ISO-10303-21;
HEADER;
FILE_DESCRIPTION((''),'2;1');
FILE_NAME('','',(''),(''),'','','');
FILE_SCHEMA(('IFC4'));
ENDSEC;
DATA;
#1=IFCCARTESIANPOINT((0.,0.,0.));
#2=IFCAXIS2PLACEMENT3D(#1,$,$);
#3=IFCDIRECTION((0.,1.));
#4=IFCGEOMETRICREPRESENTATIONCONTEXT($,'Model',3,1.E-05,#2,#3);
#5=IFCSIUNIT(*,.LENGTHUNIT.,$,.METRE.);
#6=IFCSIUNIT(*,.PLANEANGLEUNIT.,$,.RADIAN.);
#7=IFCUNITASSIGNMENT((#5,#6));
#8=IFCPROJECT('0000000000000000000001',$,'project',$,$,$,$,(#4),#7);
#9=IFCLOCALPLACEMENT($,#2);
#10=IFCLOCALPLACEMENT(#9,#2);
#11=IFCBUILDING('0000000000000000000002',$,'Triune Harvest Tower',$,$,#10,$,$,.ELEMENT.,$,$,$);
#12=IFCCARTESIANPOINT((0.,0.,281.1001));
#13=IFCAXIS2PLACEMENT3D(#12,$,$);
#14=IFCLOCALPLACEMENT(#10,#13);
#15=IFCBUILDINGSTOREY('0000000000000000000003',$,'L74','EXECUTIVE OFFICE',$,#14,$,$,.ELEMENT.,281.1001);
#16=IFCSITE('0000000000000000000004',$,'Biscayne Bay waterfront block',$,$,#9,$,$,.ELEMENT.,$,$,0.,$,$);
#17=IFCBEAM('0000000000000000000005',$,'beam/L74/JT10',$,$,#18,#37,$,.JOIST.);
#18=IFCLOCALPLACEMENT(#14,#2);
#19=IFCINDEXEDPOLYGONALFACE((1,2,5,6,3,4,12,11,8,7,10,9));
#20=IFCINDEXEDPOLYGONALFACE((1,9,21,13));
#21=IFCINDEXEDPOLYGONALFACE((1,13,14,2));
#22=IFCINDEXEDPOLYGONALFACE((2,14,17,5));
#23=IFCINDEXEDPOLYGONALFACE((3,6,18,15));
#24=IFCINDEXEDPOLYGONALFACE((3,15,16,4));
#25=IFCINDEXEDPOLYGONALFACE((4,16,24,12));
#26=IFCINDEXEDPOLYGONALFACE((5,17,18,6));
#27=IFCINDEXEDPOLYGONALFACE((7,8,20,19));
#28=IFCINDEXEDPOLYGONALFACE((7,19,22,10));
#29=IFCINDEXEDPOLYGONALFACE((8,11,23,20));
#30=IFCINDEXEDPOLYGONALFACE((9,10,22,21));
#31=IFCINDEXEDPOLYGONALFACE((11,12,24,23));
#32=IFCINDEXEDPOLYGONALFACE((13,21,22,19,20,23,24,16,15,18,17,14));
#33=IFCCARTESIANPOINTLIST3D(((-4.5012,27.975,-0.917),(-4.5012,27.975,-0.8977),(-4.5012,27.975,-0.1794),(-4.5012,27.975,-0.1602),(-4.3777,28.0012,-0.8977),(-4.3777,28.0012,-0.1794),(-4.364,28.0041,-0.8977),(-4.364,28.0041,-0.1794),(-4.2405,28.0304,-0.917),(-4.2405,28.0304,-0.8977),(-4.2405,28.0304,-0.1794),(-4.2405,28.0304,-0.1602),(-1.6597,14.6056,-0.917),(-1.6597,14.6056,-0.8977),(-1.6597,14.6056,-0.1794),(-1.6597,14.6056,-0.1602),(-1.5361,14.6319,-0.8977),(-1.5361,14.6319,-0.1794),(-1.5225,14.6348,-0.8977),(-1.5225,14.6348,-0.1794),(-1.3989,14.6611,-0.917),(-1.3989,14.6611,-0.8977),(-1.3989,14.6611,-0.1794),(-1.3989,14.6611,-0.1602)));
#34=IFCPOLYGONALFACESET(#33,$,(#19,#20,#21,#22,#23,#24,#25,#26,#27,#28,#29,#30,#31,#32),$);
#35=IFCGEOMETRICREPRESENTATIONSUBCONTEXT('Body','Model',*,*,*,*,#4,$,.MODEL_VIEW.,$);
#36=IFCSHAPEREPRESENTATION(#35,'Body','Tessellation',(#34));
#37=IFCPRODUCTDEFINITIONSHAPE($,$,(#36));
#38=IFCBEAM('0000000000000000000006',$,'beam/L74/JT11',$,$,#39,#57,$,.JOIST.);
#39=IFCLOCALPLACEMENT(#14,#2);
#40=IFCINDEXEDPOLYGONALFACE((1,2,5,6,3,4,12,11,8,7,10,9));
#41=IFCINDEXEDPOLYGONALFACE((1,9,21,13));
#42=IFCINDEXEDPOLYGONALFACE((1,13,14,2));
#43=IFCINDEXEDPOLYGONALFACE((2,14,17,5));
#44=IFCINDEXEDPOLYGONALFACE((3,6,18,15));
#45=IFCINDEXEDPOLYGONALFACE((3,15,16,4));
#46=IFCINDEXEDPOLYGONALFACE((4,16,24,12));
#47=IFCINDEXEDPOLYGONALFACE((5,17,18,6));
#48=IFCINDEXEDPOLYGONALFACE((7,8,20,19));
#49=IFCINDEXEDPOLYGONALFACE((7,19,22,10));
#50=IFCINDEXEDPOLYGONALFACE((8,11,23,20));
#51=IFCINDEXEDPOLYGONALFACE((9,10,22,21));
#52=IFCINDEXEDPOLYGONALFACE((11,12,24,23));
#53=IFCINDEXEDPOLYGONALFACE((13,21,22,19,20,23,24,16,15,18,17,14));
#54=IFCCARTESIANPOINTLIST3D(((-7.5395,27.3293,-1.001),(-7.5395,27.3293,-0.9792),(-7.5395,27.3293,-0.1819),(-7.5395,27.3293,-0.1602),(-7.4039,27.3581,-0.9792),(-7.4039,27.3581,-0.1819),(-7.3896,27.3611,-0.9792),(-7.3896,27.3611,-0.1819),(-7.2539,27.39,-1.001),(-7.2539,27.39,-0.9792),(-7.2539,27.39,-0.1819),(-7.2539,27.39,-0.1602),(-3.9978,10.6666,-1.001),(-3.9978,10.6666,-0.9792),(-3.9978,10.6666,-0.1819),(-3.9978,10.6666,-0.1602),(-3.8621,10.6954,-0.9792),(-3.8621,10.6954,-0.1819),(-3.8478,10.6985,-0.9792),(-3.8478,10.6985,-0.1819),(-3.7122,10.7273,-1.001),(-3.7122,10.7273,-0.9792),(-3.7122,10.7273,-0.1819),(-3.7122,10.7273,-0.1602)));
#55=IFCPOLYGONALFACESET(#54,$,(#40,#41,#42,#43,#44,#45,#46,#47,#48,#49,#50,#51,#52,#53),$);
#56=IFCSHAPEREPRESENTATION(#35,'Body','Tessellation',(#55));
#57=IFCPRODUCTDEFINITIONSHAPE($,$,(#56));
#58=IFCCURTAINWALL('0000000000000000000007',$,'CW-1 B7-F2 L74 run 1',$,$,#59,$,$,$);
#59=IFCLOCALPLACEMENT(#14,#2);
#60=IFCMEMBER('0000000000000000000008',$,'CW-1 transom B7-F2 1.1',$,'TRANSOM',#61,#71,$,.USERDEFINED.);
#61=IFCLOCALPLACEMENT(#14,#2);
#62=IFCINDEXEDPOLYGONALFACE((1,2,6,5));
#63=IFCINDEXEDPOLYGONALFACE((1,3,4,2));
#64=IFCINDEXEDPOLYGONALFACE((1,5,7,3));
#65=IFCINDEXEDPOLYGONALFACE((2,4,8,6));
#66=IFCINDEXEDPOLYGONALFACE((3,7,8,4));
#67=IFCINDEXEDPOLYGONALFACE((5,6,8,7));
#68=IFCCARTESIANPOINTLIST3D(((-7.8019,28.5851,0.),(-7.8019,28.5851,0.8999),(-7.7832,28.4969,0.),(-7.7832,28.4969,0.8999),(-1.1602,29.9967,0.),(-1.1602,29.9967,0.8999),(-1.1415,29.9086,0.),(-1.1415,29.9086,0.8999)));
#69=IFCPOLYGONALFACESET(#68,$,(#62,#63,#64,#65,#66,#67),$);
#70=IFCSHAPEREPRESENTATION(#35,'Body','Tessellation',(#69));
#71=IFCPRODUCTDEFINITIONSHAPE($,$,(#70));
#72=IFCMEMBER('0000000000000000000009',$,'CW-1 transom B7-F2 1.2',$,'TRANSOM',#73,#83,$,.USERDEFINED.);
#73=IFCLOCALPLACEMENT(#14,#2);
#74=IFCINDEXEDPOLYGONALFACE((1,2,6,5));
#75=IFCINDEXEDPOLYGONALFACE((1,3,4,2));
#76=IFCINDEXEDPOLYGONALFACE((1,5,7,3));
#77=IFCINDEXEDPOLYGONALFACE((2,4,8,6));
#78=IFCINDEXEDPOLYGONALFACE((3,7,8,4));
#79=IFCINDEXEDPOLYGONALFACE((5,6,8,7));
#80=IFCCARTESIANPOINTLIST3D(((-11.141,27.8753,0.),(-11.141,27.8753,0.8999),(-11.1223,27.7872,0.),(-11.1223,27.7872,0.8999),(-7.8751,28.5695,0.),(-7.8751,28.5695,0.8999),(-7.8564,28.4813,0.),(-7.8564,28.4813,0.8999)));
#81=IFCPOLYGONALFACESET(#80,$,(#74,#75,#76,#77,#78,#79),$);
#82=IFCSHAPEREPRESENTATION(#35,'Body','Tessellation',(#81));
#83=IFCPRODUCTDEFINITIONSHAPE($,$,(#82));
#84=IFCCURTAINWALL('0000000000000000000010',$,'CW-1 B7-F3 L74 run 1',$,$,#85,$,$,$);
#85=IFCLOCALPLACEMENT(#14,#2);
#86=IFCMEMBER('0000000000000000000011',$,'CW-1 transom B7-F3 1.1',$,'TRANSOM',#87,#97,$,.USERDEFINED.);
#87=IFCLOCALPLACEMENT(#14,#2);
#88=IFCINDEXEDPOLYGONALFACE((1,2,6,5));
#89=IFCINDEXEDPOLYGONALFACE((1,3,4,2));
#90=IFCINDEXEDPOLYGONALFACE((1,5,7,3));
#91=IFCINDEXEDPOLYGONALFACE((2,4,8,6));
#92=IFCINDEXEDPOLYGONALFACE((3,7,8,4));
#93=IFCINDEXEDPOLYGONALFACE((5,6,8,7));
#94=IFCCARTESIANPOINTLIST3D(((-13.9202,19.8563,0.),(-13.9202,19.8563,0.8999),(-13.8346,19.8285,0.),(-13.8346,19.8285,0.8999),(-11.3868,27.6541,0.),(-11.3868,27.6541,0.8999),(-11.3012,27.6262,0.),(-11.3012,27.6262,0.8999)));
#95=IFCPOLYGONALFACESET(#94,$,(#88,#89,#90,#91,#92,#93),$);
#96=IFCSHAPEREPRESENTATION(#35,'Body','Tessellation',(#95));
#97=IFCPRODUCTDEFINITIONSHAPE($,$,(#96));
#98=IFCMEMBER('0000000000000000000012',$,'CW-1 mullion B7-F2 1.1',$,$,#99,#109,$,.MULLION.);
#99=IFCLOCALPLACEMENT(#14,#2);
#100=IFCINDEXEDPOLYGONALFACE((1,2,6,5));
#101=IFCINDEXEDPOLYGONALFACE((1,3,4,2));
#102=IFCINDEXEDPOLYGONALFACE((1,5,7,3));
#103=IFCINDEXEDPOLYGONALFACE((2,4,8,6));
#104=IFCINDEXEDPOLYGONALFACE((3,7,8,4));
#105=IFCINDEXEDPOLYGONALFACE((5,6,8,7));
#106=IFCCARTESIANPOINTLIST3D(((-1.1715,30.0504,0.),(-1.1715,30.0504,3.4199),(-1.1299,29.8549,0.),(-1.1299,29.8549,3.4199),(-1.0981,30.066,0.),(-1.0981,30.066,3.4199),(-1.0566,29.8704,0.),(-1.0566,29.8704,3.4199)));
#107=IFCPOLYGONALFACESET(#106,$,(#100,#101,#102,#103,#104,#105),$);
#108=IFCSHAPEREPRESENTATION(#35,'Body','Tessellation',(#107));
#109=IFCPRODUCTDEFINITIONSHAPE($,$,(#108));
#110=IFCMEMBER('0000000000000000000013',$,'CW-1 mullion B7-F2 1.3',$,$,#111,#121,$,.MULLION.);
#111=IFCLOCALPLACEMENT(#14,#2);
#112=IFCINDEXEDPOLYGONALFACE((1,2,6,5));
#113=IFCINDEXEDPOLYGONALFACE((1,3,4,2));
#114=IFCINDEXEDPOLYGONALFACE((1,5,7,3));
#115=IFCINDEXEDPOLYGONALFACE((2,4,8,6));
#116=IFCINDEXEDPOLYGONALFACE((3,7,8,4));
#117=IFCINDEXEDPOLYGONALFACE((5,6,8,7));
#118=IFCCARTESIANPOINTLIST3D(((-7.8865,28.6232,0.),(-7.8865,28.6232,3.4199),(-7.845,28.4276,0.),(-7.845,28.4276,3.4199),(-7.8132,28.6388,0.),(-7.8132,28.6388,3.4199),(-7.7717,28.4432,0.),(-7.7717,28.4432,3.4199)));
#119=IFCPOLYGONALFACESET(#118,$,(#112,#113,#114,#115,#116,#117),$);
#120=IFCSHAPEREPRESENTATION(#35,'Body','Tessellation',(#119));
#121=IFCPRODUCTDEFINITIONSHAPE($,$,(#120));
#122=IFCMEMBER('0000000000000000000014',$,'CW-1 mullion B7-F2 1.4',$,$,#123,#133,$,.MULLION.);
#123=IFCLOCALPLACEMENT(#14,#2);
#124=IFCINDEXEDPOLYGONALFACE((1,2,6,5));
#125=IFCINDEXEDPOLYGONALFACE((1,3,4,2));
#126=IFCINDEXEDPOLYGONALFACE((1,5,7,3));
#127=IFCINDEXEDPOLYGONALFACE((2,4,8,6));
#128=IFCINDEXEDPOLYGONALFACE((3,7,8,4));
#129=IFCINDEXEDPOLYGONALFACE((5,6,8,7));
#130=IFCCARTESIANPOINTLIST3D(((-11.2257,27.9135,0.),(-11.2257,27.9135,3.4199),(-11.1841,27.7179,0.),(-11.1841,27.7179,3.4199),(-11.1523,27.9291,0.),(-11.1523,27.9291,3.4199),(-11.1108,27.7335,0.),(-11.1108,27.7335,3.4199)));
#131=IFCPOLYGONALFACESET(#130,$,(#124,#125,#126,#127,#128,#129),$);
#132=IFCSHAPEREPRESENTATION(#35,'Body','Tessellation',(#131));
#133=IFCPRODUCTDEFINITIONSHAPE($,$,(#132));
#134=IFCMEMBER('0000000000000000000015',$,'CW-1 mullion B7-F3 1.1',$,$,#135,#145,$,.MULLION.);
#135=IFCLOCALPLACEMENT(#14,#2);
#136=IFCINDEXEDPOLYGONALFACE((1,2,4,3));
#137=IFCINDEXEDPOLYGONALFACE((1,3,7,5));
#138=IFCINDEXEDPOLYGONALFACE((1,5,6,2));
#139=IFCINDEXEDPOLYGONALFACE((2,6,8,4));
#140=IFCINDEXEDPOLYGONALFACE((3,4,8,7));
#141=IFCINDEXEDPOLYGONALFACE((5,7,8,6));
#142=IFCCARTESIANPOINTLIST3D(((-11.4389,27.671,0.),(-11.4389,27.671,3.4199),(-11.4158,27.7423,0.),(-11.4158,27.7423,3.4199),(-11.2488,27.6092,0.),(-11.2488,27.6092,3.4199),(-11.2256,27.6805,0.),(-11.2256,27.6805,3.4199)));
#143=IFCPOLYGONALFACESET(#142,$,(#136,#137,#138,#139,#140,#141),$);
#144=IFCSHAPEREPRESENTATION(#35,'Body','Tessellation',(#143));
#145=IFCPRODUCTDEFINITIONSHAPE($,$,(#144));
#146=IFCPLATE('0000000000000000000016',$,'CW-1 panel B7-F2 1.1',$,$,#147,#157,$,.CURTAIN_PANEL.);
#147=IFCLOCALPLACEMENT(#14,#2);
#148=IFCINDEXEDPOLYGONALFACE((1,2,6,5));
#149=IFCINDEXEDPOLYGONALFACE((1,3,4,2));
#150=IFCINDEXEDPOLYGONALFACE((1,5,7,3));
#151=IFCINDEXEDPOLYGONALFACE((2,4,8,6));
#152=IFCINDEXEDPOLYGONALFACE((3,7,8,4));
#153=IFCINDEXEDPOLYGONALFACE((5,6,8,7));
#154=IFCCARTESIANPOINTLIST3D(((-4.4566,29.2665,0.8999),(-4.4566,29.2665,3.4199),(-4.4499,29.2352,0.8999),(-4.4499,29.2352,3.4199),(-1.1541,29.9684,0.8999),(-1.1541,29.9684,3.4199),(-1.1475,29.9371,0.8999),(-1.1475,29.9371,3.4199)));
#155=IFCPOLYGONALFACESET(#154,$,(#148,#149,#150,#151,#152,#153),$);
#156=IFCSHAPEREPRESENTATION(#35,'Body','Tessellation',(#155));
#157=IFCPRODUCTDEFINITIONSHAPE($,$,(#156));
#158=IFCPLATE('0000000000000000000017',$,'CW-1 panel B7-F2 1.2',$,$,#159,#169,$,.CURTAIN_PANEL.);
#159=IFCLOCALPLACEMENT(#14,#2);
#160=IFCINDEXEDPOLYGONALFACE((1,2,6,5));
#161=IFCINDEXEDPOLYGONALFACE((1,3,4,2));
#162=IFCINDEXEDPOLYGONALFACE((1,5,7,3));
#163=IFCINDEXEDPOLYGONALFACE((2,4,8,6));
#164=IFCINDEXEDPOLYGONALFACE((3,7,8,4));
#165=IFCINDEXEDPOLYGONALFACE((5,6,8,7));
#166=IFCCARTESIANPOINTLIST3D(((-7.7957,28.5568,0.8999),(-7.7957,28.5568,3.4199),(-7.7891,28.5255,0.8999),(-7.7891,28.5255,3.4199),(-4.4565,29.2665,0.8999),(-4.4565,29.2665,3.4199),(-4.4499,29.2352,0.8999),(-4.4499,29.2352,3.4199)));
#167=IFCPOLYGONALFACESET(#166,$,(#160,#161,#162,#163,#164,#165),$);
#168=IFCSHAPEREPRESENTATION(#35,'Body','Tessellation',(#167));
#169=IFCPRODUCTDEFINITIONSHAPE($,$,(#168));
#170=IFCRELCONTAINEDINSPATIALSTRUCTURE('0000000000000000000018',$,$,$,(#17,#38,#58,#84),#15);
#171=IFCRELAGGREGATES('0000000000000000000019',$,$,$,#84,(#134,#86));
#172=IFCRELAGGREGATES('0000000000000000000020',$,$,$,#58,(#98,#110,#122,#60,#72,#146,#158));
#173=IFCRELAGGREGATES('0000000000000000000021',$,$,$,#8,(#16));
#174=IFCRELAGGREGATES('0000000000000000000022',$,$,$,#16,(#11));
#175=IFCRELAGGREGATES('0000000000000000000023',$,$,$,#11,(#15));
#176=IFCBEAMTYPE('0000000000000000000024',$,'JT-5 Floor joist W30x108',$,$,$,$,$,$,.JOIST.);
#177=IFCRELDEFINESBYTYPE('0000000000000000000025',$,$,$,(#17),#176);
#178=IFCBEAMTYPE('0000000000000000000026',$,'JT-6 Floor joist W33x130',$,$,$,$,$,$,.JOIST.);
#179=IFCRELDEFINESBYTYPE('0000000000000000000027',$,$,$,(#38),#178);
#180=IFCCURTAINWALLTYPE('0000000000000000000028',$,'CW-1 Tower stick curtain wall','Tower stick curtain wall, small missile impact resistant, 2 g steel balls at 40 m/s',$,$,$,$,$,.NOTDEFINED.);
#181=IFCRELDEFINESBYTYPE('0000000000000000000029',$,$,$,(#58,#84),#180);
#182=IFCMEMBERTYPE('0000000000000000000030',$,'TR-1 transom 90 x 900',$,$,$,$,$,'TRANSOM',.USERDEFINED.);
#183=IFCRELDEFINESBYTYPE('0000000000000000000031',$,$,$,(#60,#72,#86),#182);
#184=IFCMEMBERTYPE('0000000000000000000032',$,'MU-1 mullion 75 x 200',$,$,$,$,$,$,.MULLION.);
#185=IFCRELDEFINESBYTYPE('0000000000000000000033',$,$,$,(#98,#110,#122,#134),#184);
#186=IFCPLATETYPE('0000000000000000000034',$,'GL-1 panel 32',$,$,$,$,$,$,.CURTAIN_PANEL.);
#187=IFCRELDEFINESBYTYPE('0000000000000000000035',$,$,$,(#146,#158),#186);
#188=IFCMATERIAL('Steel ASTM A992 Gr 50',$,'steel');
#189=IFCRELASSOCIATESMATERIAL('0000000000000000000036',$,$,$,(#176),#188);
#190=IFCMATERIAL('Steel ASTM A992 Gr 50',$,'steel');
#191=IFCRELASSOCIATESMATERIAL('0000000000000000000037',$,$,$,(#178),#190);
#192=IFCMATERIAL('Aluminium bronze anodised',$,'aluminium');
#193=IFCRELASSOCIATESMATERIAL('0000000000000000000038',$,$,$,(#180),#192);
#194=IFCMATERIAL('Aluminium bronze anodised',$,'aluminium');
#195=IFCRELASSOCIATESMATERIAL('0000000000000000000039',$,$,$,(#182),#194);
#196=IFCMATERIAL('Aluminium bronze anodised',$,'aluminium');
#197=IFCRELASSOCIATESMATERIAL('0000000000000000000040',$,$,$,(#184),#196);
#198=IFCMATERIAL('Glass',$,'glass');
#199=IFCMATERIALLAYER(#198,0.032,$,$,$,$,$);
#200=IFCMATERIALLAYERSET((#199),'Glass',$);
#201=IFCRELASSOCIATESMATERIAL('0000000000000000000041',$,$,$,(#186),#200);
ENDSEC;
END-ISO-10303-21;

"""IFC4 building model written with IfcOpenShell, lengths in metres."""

from ifc_helpers import new_model, si_unit, direction, frame, origin, origin_2d, place, context, subcontext, project, spatial, rectangle, i_section, extrude, source, transform, mapped, material, layer, layer_set, material_profile, profile_set, type_object, element, aggregate, save


model = new_model("IFC4")

# Units and contexts
model_context = context("Model", 3, precision=1e-05, world=origin(), true_north=direction((0.0, 1.0)))
body_context = subcontext(model_context, "Body", "Model", "MODEL_VIEW")
ifc_project = project(units=[si_unit("LENGTHUNIT", "METRE"), si_unit("PLANEANGLEUNIT", "RADIAN")], contexts=[model_context])

# Site, building, storey
site_placement = place(None, origin())
site = spatial("IfcSite", under=ifc_project, at=site_placement, Name="Biscayne Bay waterfront block", CompositionType="ELEMENT", RefElevation=0.0)
building_placement = place(site_placement, origin())
building = spatial("IfcBuilding", under=site, at=building_placement, Name="Triune Harvest Tower", CompositionType="ELEMENT")
storey_placement = place(building_placement, frame((0.0, 0.0, 281.1001)))
storey = spatial("IfcBuildingStorey", under=building, at=storey_placement, Name="L74", Description="EXECUTIVE OFFICE", CompositionType="ELEMENT", Elevation=281.1001)

# Beams
ifc_material_1 = material(Name="Steel ASTM A992 Gr 50", Category="steel")
ifc_material_profile_1 = material_profile(ifc_material_1, i_section(OverallWidth=0.2666, OverallDepth=0.7568, WebThickness=0.0139, FlangeThickness=0.0193, at=origin_2d()), Name="W30x108")
ifc_profile_set_1 = profile_set([ifc_material_profile_1], Name="Steel ASTM A992 Gr 50")
beam_type_1 = type_object("IfcBeamType", Name="JT-5 Floor joist W30x108", PredefinedType="JOIST", material=ifc_profile_set_1)
shared_shape_1 = source(origin(), body_context, "Body", "SweptSolid", [
    extrude(i_section(OverallWidth=0.2666, OverallDepth=0.7568, WebThickness=0.0139, FlangeThickness=0.0193, at=origin_2d()), origin(), (0.0, 0.0, 1.0), 13.668),
])
beam_1_placement = place(storey_placement, frame((-4.3708, 28.0027, -0.5386), z_axis=(0.207898, -0.978151, 0.0), x_axis=(0.978151, 0.207898, 0.0)))
element("IfcBeam", 1, at=beam_1_placement, inside=storey, type_object=beam_type_1, Name="beam/L74/JT10", PredefinedType="JOIST", context=body_context, shape_type="MappedRepresentation", body=[
    mapped(shared_shape_1, transform((0.0, 0.0, 0.0), scale=1.0)),
])
ifc_material_2 = material(Name="Steel ASTM A992 Gr 50", Category="steel")
ifc_material_profile_2 = material_profile(ifc_material_2, i_section(OverallWidth=0.292, OverallDepth=0.8408, WebThickness=0.0146, FlangeThickness=0.0217, at=origin_2d()), Name="W33x130")
ifc_profile_set_2 = profile_set([ifc_material_profile_2], Name="Steel ASTM A992 Gr 50")
beam_type_2 = type_object("IfcBeamType", Name="JT-6 Floor joist W33x130", PredefinedType="JOIST", material=ifc_profile_set_2)
shared_shape_2 = source(origin(), body_context, "Body", "SweptSolid", [
    extrude(i_section(OverallWidth=0.292, OverallDepth=0.8408, WebThickness=0.0146, FlangeThickness=0.0217, at=origin_2d()), origin(), (0.0, 0.0, 1.0), 17.0349),
])
beam_2_placement = place(storey_placement, frame((-7.3967, 27.3596, -0.5806), z_axis=(0.207912, -0.978148, 0.0), x_axis=(0.978148, 0.207912, 0.0)))
element("IfcBeam", 2, at=beam_2_placement, inside=storey, type_object=beam_type_2, Name="beam/L74/JT11", PredefinedType="JOIST", context=body_context, shape_type="MappedRepresentation", body=[
    mapped(shared_shape_2, transform((0.0, 0.0, 0.0), scale=1.0)),
])

# Curtain wall, members
ifc_material_3 = material(Name="Aluminium bronze anodised", Category="aluminium")
curtain_wall_type = type_object("IfcCurtainWallType", Name="CW-1 Tower stick curtain wall", Description="Tower stick curtain wall, small missile impact resistant, 2 g steel balls at 40 m/s", PredefinedType="NOTDEFINED", material=ifc_material_3)
curtain_wall_1_placement = place(storey_placement, origin())
curtain_wall_1 = element("IfcCurtainWall", 3, at=curtain_wall_1_placement, inside=storey, type_object=curtain_wall_type, Name="CW-1 B7-F2 L74 run 1")
ifc_material_4 = material(Name="Aluminium bronze anodised", Category="aluminium")
ifc_material_profile_3 = material_profile(ifc_material_4, rectangle(XDim=0.0901, YDim=0.8999, at=origin_2d()), Name="TR-1 transom 90 x 900")
ifc_profile_set_3 = profile_set([ifc_material_profile_3], Name="Aluminium bronze anodised")
member_type_1 = type_object("IfcMemberType", Name="TR-1 transom 90 x 900", ElementType="TRANSOM", PredefinedType="USERDEFINED", material=ifc_profile_set_3)
shared_shape_3 = source(origin(), body_context, "Body", "SweptSolid", [
    extrude(rectangle(XDim=0.0901, YDim=0.8999, at=origin_2d()), origin(), (0.0, 0.0, 1.0), 6.79),
])
member_1_placement = place(storey_placement, frame((-1.1509, 29.9526, 0.45), z_axis=(-0.97815, -0.207898, 0.0), x_axis=(0.207898, -0.97815, 0.0)))
member_1 = element("IfcMember", 4, at=member_1_placement, type_object=member_type_1, Name="CW-1 transom B7-F2 1.1", ObjectType="TRANSOM", PredefinedType="USERDEFINED", context=body_context, shape_type="MappedRepresentation", body=[
    mapped(shared_shape_3, transform((0.0, 0.0, 0.0), scale=1.0)),
])
shared_shape_4 = source(origin(), body_context, "Body", "SweptSolid", [
    extrude(rectangle(XDim=0.0901, YDim=0.8999, at=origin_2d()), origin(), (0.0, 0.0, 1.0), 3.3389),
])
member_2_placement = place(storey_placement, frame((-7.8657, 28.5254, 0.45), z_axis=(-0.978153, -0.207886, 0.0), x_axis=(0.207886, -0.978153, 0.0)))
member_2 = element("IfcMember", 5, at=member_2_placement, type_object=member_type_1, Name="CW-1 transom B7-F2 1.2", ObjectType="TRANSOM", PredefinedType="USERDEFINED", context=body_context, shape_type="MappedRepresentation", body=[
    mapped(shared_shape_4, transform((0.0, 0.0, 0.0), scale=1.0)),
])

# Curtain wall, member
curtain_wall_2_placement = place(storey_placement, origin())
curtain_wall_2 = element("IfcCurtainWall", 6, at=curtain_wall_2_placement, inside=storey, type_object=curtain_wall_type, Name="CW-1 B7-F3 L74 run 1")
shared_shape_5 = source(origin(), body_context, "Body", "SweptSolid", [
    extrude(rectangle(XDim=0.0901, YDim=0.8999, at=origin_2d()), origin(), (0.0, 0.0, 1.0), 8.199),
])
member_3_placement = place(storey_placement, frame((-11.344, 27.6401, 0.45), z_axis=(-0.308992, -0.951065, 0.0), x_axis=(0.951065, -0.308992, 0.0)))
member_3 = element("IfcMember", 7, at=member_3_placement, type_object=member_type_1, Name="CW-1 transom B7-F3 1.1", ObjectType="TRANSOM", PredefinedType="USERDEFINED", context=body_context, shape_type="MappedRepresentation", body=[
    mapped(shared_shape_5, transform((0.0, 0.0, 0.0), scale=1.0)),
])

# Members
ifc_material_5 = material(Name="Aluminium bronze anodised", Category="aluminium")
ifc_material_profile_4 = material_profile(ifc_material_5, rectangle(XDim=0.2, YDim=0.075, at=origin_2d()), Name="MU-1 mullion 75 x 200")
ifc_profile_set_4 = profile_set([ifc_material_profile_4], Name="Aluminium bronze anodised")
member_type_2 = type_object("IfcMemberType", Name="MU-1 mullion 75 x 200", PredefinedType="MULLION", material=ifc_profile_set_4)
shared_shape_6 = source(origin(), body_context, "Body", "SweptSolid", [
    extrude(rectangle(XDim=0.2, YDim=0.075, at=origin_2d()), origin(), (0.0, 0.0, 1.0), 3.4199),
])
member_4_placement = place(storey_placement, frame((-1.114, 29.9604, 0.0), z_axis=(0.0, 0.0, 1.0), x_axis=(0.207905, -0.978149, 0.0)))
member_4 = element("IfcMember", 8, at=member_4_placement, type_object=member_type_2, Name="CW-1 mullion B7-F2 1.1", PredefinedType="MULLION", context=body_context, shape_type="MappedRepresentation", body=[
    mapped(shared_shape_6, transform((0.0, 0.0, 0.0), scale=1.0)),
])
member_5_placement = place(storey_placement, frame((-7.8291, 28.5332, 0.0), z_axis=(0.0, 0.0, 1.0), x_axis=(0.207905, -0.978149, 0.0)))
member_5 = element("IfcMember", 9, at=member_5_placement, type_object=member_type_2, Name="CW-1 mullion B7-F2 1.3", PredefinedType="MULLION", context=body_context, shape_type="MappedRepresentation", body=[
    mapped(shared_shape_6, transform((0.0, 0.0, 0.0), scale=1.0)),
])
member_6_placement = place(storey_placement, frame((-11.1682, 27.8235, 0.0), z_axis=(0.0, 0.0, 1.0), x_axis=(0.207905, -0.978149, 0.0)))
member_6 = element("IfcMember", 10, at=member_6_placement, type_object=member_type_2, Name="CW-1 mullion B7-F2 1.4", PredefinedType="MULLION", context=body_context, shape_type="MappedRepresentation", body=[
    mapped(shared_shape_6, transform((0.0, 0.0, 0.0), scale=1.0)),
])
member_7_placement = place(storey_placement, frame((-11.3323, 27.6758, 0.0), z_axis=(0.0, 0.0, 1.0), x_axis=(0.951058, -0.309013, 0.0)))
member_7 = element("IfcMember", 11, at=member_7_placement, type_object=member_type_2, Name="CW-1 mullion B7-F3 1.1", PredefinedType="MULLION", context=body_context, shape_type="MappedRepresentation", body=[
    mapped(shared_shape_6, transform((0.0, 0.0, 0.0), scale=1.0)),
])
aggregate(curtain_wall_2, [member_7, member_3])

# Plates
ifc_material_6 = material(Name="Glass", Category="glass")
ifc_layer = layer(ifc_material_6, 0.032)
ifc_layer_set = layer_set([ifc_layer], Name="Glass")
plate_type = type_object("IfcPlateType", Name="GL-1 panel 32", PredefinedType="CURTAIN_PANEL", material=ifc_layer_set)
shared_shape_7 = source(origin(), body_context, "Body", "SweptSolid", [
    extrude(rectangle(XDim=3.3762, YDim=0.032, at=origin_2d()), origin(), (0.0, 0.0, 1.0), 2.52),
])
plate_1_placement = place(storey_placement, frame((-2.802, 29.6018, 0.8999), z_axis=(0.0, 0.0, 1.0), x_axis=(-0.978149, -0.207905, 0.0)))
plate_1 = element("IfcPlate", 12, at=plate_1_placement, type_object=plate_type, Name="CW-1 panel B7-F2 1.1", PredefinedType="CURTAIN_PANEL", context=body_context, shape_type="MappedRepresentation", body=[
    mapped(shared_shape_7, transform((0.0, 0.0, 0.0), scale=1.0)),
])
shared_shape_8 = source(origin(), body_context, "Body", "SweptSolid", [
    extrude(rectangle(XDim=3.4138, YDim=0.032, at=origin_2d()), origin(), (0.0, 0.0, 1.0), 2.52),
])
plate_2_placement = place(storey_placement, frame((-6.1228, 28.896, 0.8999), z_axis=(0.0, 0.0, 1.0), x_axis=(-0.978149, -0.207905, 0.0)))
plate_2 = element("IfcPlate", 13, at=plate_2_placement, type_object=plate_type, Name="CW-1 panel B7-F2 1.2", PredefinedType="CURTAIN_PANEL", context=body_context, shape_type="MappedRepresentation", body=[
    mapped(shared_shape_8, transform((0.0, 0.0, 0.0), scale=1.0)),
])
aggregate(curtain_wall_1, [member_4, member_5, member_6, member_1, member_2, plate_1, plate_2])

save(model, "model.ifc")
